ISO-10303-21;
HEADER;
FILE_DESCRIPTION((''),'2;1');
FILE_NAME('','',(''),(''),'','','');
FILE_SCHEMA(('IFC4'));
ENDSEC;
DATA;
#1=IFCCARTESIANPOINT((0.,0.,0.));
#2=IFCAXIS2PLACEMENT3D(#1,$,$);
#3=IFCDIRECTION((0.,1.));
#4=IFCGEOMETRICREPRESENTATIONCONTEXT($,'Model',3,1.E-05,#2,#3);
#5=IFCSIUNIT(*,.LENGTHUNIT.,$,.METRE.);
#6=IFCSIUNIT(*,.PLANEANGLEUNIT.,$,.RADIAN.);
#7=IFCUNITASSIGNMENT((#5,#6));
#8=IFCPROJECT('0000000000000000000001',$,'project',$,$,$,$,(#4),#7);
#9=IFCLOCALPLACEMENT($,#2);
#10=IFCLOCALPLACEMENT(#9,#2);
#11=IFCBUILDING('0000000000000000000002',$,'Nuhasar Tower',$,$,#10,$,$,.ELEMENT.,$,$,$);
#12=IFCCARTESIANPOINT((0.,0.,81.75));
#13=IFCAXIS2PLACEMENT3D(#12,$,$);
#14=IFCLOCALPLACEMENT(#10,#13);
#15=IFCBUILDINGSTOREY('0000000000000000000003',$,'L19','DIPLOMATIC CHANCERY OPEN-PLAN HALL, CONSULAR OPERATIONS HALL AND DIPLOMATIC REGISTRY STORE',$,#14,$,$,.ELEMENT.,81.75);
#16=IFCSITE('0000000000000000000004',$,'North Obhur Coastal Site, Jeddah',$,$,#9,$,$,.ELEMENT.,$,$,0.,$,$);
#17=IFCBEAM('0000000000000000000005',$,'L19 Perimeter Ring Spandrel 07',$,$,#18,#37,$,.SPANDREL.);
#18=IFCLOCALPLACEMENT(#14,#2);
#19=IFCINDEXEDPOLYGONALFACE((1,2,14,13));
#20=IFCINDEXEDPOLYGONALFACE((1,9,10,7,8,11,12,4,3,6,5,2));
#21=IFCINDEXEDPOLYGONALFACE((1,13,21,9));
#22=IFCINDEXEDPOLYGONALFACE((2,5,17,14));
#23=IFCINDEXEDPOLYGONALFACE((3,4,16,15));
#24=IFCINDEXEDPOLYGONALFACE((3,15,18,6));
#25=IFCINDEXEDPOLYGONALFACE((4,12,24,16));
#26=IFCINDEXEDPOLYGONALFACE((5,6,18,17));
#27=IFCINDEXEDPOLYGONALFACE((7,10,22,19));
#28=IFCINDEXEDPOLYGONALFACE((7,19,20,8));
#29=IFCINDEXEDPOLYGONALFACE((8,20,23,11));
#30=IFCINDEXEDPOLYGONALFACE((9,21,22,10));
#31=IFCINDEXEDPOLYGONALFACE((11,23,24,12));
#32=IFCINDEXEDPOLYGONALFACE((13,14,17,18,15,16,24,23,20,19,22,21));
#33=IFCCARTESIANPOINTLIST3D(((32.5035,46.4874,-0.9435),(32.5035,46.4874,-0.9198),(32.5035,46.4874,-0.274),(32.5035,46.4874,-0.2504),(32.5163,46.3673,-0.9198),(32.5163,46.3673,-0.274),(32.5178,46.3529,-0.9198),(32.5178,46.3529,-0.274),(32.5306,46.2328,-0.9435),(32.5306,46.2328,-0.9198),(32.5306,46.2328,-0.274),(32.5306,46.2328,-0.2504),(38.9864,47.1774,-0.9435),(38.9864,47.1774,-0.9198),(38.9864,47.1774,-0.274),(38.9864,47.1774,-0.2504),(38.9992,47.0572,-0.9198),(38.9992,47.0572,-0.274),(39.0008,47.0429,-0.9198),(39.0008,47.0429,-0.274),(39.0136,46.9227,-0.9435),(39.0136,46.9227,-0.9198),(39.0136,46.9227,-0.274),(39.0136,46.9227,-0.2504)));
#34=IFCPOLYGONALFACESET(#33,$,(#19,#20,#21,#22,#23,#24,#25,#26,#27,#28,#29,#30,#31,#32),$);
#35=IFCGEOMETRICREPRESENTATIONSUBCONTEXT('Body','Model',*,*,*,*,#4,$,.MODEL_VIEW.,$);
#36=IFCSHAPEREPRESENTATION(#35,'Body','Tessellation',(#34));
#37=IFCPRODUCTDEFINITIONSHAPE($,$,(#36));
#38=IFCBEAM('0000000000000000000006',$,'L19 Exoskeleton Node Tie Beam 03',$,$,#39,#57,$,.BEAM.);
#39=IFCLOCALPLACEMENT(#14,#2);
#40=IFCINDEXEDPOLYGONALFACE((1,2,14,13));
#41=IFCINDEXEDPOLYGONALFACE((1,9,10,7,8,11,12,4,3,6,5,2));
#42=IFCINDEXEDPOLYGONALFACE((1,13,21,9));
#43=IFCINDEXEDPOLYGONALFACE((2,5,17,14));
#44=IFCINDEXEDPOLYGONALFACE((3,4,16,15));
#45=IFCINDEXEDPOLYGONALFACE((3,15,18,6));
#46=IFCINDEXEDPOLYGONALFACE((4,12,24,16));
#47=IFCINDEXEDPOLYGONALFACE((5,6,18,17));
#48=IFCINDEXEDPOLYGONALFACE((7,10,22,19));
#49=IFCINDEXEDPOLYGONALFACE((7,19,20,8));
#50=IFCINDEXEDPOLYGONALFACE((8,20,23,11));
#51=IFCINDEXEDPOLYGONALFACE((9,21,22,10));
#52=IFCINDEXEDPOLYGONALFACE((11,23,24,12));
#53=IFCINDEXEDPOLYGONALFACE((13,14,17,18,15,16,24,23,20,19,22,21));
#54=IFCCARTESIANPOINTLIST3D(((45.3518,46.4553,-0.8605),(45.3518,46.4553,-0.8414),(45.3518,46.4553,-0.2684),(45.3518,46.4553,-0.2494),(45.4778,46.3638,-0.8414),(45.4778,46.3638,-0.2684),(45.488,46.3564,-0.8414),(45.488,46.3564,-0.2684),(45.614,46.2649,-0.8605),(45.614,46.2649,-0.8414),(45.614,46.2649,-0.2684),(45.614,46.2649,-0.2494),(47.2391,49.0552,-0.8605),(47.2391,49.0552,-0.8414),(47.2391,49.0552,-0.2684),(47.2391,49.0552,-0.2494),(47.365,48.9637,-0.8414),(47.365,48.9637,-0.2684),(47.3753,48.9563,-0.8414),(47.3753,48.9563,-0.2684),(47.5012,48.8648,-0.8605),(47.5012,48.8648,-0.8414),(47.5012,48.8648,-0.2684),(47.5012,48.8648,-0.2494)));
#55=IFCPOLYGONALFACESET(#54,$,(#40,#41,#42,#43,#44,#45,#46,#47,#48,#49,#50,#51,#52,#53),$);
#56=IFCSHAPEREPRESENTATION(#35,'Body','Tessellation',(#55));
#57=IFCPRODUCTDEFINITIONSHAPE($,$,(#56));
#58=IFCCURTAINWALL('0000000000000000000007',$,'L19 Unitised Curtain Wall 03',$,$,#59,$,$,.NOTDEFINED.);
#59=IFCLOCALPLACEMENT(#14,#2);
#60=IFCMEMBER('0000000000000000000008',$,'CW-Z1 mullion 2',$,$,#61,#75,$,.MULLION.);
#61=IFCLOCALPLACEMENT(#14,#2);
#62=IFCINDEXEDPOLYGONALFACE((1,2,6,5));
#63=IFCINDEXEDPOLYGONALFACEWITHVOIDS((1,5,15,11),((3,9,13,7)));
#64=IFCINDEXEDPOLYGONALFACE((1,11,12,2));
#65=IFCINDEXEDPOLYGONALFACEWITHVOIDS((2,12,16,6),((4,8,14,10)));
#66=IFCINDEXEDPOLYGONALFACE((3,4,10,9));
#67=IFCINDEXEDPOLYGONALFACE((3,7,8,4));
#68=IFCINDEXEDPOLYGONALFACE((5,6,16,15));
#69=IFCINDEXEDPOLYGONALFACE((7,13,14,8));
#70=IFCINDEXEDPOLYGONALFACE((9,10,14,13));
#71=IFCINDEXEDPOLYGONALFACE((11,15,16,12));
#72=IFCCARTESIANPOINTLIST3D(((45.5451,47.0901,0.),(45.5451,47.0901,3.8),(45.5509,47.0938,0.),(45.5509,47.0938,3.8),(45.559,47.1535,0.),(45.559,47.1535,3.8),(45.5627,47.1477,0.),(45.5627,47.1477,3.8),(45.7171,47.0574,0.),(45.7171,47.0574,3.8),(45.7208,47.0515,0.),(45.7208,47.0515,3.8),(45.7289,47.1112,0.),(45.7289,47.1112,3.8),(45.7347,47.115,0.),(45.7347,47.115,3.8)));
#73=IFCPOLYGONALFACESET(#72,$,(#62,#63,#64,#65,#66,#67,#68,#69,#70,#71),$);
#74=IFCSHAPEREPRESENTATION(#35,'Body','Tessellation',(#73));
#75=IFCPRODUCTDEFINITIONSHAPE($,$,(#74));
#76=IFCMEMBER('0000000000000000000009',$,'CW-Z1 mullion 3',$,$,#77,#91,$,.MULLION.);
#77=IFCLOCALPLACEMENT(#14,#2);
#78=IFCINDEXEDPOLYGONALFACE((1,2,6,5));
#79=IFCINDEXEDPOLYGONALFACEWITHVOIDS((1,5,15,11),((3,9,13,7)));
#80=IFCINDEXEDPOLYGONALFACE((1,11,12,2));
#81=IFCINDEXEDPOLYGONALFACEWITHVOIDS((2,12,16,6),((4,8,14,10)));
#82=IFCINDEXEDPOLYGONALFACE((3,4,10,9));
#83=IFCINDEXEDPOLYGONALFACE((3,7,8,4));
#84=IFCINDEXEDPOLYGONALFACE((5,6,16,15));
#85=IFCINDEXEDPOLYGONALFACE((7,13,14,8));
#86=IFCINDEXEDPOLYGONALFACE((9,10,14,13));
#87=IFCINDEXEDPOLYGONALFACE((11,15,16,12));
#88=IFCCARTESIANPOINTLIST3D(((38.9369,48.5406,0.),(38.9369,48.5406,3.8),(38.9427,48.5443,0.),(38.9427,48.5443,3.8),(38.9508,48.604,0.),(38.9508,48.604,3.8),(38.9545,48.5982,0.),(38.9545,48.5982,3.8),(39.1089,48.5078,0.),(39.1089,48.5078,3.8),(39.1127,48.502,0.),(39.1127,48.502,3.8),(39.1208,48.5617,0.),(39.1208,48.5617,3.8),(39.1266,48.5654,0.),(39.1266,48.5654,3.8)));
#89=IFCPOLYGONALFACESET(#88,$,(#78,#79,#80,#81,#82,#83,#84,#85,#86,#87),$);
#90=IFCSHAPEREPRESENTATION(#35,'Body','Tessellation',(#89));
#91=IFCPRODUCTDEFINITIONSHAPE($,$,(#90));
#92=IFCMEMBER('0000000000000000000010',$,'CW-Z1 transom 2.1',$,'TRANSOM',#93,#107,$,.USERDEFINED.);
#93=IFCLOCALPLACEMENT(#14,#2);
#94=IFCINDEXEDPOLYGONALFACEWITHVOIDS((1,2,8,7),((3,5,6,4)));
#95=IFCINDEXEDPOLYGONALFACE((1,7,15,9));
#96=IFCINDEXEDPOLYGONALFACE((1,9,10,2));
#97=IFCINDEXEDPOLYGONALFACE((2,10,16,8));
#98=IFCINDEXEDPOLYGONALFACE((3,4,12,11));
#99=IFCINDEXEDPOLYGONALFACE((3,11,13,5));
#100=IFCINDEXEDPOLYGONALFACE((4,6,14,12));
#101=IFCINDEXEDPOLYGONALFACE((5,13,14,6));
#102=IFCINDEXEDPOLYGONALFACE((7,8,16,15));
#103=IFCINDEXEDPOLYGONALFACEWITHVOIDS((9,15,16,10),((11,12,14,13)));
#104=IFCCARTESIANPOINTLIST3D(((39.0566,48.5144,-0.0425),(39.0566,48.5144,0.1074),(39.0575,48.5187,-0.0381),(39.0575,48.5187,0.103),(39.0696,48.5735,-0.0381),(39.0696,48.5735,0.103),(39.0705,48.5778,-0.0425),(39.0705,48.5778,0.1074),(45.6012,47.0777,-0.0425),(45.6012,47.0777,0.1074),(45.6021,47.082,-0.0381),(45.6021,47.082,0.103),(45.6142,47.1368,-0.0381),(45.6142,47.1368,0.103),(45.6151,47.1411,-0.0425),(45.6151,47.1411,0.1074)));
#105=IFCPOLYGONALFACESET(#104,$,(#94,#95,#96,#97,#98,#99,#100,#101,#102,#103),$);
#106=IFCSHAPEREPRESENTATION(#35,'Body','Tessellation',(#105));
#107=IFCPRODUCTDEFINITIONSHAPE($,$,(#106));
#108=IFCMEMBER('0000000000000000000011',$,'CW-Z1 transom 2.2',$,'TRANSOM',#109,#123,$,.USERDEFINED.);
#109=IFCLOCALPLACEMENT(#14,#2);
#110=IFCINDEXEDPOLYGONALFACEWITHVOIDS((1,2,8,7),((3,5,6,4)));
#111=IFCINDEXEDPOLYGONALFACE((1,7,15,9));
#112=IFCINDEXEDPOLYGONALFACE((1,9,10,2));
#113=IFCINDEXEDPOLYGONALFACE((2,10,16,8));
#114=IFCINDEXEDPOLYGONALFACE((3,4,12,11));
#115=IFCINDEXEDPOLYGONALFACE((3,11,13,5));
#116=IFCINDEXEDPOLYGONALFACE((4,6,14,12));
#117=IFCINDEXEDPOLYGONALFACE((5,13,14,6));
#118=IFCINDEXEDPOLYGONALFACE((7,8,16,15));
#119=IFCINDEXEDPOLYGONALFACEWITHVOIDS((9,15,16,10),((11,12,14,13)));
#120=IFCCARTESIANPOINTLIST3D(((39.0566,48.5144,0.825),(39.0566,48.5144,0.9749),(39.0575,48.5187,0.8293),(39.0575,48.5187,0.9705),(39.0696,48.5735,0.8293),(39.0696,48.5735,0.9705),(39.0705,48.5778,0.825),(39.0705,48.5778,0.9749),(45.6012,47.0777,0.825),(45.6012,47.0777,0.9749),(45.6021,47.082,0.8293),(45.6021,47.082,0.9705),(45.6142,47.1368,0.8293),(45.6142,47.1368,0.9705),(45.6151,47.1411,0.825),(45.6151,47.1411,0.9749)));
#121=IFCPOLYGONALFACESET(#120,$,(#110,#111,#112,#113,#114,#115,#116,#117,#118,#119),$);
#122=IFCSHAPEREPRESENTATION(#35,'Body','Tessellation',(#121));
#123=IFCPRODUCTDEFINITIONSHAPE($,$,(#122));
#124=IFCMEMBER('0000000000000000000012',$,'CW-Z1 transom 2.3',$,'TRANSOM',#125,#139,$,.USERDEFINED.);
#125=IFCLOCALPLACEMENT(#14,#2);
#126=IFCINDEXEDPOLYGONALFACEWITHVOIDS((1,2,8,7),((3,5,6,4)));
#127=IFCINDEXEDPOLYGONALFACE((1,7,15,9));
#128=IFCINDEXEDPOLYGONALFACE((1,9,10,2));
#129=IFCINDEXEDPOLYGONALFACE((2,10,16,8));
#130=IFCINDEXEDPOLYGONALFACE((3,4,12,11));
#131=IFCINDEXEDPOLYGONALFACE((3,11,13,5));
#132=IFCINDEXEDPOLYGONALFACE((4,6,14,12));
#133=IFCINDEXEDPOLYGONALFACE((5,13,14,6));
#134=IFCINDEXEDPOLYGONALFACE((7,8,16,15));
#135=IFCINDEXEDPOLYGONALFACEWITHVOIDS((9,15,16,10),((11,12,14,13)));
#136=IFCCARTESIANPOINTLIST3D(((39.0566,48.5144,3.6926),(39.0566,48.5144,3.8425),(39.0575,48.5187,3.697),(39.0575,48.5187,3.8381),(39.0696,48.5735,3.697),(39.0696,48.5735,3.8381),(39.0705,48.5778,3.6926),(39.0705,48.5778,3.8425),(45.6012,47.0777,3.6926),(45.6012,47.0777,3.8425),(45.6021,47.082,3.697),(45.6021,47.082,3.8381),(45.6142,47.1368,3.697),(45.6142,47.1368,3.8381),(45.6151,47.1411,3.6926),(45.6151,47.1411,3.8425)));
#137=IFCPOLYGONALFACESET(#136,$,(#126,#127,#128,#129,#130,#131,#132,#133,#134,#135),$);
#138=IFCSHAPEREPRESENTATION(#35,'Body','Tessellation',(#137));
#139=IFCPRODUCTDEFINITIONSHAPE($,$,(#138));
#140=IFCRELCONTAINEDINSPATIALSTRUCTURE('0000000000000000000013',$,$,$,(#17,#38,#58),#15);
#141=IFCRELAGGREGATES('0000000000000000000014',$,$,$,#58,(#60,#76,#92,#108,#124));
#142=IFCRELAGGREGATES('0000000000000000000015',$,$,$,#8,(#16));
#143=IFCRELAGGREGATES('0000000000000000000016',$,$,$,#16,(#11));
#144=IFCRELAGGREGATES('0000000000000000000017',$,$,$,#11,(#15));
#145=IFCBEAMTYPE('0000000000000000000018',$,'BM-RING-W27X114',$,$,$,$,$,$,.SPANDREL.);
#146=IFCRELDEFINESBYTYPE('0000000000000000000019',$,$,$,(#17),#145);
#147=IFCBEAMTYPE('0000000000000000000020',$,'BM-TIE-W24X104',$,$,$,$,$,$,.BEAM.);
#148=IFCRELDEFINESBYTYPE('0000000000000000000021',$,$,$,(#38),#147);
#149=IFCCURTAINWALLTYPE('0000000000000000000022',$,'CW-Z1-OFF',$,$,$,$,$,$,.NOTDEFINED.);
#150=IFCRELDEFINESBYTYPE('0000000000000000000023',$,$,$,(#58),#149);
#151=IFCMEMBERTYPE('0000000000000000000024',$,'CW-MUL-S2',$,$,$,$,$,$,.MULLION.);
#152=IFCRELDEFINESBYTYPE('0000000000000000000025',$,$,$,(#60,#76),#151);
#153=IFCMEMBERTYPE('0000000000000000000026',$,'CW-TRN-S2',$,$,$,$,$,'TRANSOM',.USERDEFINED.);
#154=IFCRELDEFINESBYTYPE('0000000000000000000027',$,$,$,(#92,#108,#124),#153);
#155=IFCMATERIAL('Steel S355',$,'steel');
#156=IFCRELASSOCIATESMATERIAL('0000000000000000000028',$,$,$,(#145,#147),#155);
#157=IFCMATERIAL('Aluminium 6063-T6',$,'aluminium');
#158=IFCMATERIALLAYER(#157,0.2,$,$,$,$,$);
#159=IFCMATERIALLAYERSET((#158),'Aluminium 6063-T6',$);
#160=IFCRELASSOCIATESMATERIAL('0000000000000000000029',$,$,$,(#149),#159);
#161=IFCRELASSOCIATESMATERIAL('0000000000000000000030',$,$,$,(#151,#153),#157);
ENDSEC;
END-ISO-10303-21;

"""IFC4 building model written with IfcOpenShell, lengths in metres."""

from ifc_helpers import new_model, si_unit, direction, frame, origin, origin_2d, place, context, subcontext, project, spatial, hollow_rectangle, i_section, extrude, material, layer, layer_set, material_profile, profile_set, type_object, element, aggregate, save


model = new_model("IFC4")

# Units and contexts
model_context = context("Model", 3, precision=1e-05, world=origin(), true_north=direction((0.0, 1.0)))
body_context = subcontext(model_context, "Body", "Model", "MODEL_VIEW")
ifc_project = project(units=[si_unit("LENGTHUNIT", "METRE"), si_unit("PLANEANGLEUNIT", "RADIAN")], contexts=[model_context])

# Site, building, storey
site_placement = place(None, origin())
site = spatial("IfcSite", under=ifc_project, at=site_placement, Name="North Obhur Coastal Site, Jeddah", CompositionType="ELEMENT", RefElevation=0.0)
building_placement = place(site_placement, origin())
building = spatial("IfcBuilding", under=site, at=building_placement, Name="Nuhasar Tower", CompositionType="ELEMENT")
storey_placement = place(building_placement, frame((0.0, 0.0, 81.75)))
storey = spatial("IfcBuildingStorey", under=building, at=storey_placement, Name="L19", Description="DIPLOMATIC CHANCERY OPEN-PLAN HALL, CONSULAR OPERATIONS HALL AND DIPLOMATIC REGISTRY STORE", CompositionType="ELEMENT", Elevation=81.75)

# Beams
ifc_material_1 = material(Name="Steel S355", Category="steel")
ifc_material_profile_1 = material_profile(ifc_material_1, i_section(OverallWidth=0.2561, OverallDepth=0.6931, WebThickness=0.0144, FlangeThickness=0.0237, at=origin_2d()), Name="W27X114")
ifc_profile_set_1 = profile_set([ifc_material_profile_1], Name="Steel S355")
beam_type_1 = type_object("IfcBeamType", Name="BM-RING-W27X114", PredefinedType="SPANDREL", material=ifc_profile_set_1)
for number, where, z_axis, x_axis, name in (
    (1, (39.0, 47.05, -0.5969), (-0.994385, -0.105827, 0.0), (0.105827, -0.994385, 0.0), "L19 Perimeter Ring Spandrel 07"),
):
    element("IfcBeam", number, at=place(storey_placement, frame(where, z_axis=z_axis, x_axis=x_axis)), inside=storey, type_object=beam_type_1, Name=name, PredefinedType="SPANDREL", context=body_context, shape_type="SweptSolid", body=[
        extrude(i_section(OverallWidth=0.2561, OverallDepth=0.6931, WebThickness=0.0144, FlangeThickness=0.0237, at=origin_2d()), origin(), (0.0, 0.0, 1.0), 6.5195),
    ])
ifc_material_profile_2 = material_profile(ifc_material_1, i_section(OverallWidth=0.324, OverallDepth=0.6111, WebThickness=0.0127, FlangeThickness=0.019, at=origin_2d()), Name="W24X104")
ifc_profile_set_2 = profile_set([ifc_material_profile_2], Name="Steel S355")
beam_type_2 = type_object("IfcBeamType", Name="BM-TIE-W24X104", PredefinedType="BEAM", material=ifc_profile_set_2)
beam_1_placement = place(storey_placement, frame((45.4829, 46.3601, -0.5549), z_axis=(0.587439, 0.809268, 0.0), x_axis=(-0.809268, 0.587439, 0.0)))
element("IfcBeam", 2, at=beam_1_placement, inside=storey, type_object=beam_type_2, Name="L19 Exoskeleton Node Tie Beam 03", PredefinedType="BEAM", context=body_context, shape_type="SweptSolid", body=[
    extrude(i_section(OverallWidth=0.324, OverallDepth=0.6111, WebThickness=0.0127, FlangeThickness=0.019, at=origin_2d()), origin(), (0.0, 0.0, 1.0), 3.2126),
])

# Curtain wall, members
ifc_material_2 = material(Name="Aluminium 6063-T6", Category="aluminium")
ifc_layer_1 = layer(ifc_material_2, 0.2)
ifc_layer_set_1 = layer_set([ifc_layer_1], Name="Aluminium 6063-T6")
curtain_wall_type = type_object("IfcCurtainWallType", Name="CW-Z1-OFF", PredefinedType="NOTDEFINED", material=ifc_layer_set_1)
curtain_wall_placement = place(storey_placement, origin())
curtain_wall = element("IfcCurtainWall", 3, at=curtain_wall_placement, inside=storey, type_object=curtain_wall_type, Name="L19 Unitised Curtain Wall 03", PredefinedType="NOTDEFINED")
ifc_material_profile_3 = material_profile(ifc_material_2, hollow_rectangle(XDim=0.0649, YDim=0.1799, WallThickness=0.0049, at=origin_2d()), Name="CWM-2")
ifc_profile_set_3 = profile_set([ifc_material_profile_3], Name="Aluminium 6063-T6")
member_type_1 = type_object("IfcMemberType", Name="CW-MUL-S2", PredefinedType="MULLION", material=ifc_profile_set_3)
member_1_placement = place(storey_placement, frame((45.6399, 47.1025, 0.0), z_axis=(0.0, 0.0, 1.0), x_axis=(-0.214399, -0.976746, 0.0)))
member_1 = element("IfcMember", 4, at=member_1_placement, type_object=member_type_1, Name="CW-Z1 mullion 2", PredefinedType="MULLION", context=body_context, shape_type="SweptSolid", body=[
    extrude(hollow_rectangle(XDim=0.0649, YDim=0.1799, WallThickness=0.0049, at=origin_2d()), origin(), (0.0, 0.0, 1.0), 3.8),
])
member_2_placement = place(storey_placement, frame((39.0317, 48.553, 0.0), z_axis=(0.0, 0.0, 1.0), x_axis=(-0.214399, -0.976746, 0.0)))
member_2 = element("IfcMember", 5, at=member_2_placement, type_object=member_type_1, Name="CW-Z1 mullion 3", PredefinedType="MULLION", context=body_context, shape_type="SweptSolid", body=[
    extrude(hollow_rectangle(XDim=0.0649, YDim=0.1799, WallThickness=0.0049, at=origin_2d()), origin(), (0.0, 0.0, 1.0), 3.8),
])
ifc_material_profile_4 = material_profile(ifc_material_2, hollow_rectangle(XDim=0.0649, YDim=0.1499, WallThickness=0.0044, at=origin_2d()), Name="CWT-2")
ifc_profile_set_4 = profile_set([ifc_material_profile_4], Name="Aluminium 6063-T6")
member_type_2 = type_object("IfcMemberType", Name="CW-TRN-S2", ElementType="TRANSOM", PredefinedType="USERDEFINED", material=ifc_profile_set_4)
member_3_placement = place(storey_placement, frame((45.6082, 47.1094, 0.0325), z_axis=(-0.97674, 0.214426, 0.0), x_axis=(-0.214426, -0.97674, 0.0)))
member_3 = element("IfcMember", 6, at=member_3_placement, type_object=member_type_2, Name="CW-Z1 transom 2.1", ObjectType="TRANSOM", PredefinedType="USERDEFINED", context=body_context, shape_type="SweptSolid", body=[
    extrude(hollow_rectangle(XDim=0.0649, YDim=0.1499, WallThickness=0.0044, at=origin_2d()), origin(), (0.0, 0.0, 1.0), 6.7004),
])
member_4_placement = place(storey_placement, frame((45.6082, 47.1094, 0.8999), z_axis=(-0.97674, 0.214426, 0.0), x_axis=(-0.214426, -0.97674, 0.0)))
member_4 = element("IfcMember", 7, at=member_4_placement, type_object=member_type_2, Name="CW-Z1 transom 2.2", ObjectType="TRANSOM", PredefinedType="USERDEFINED", context=body_context, shape_type="SweptSolid", body=[
    extrude(hollow_rectangle(XDim=0.0649, YDim=0.1499, WallThickness=0.0044, at=origin_2d()), origin(), (0.0, 0.0, 1.0), 6.7004),
])
member_5_placement = place(storey_placement, frame((45.6082, 47.1094, 3.7676), z_axis=(-0.97674, 0.214426, 0.0), x_axis=(-0.214426, -0.97674, 0.0)))
member_5 = element("IfcMember", 8, at=member_5_placement, type_object=member_type_2, Name="CW-Z1 transom 2.3", ObjectType="TRANSOM", PredefinedType="USERDEFINED", context=body_context, shape_type="SweptSolid", body=[
    extrude(hollow_rectangle(XDim=0.0649, YDim=0.1499, WallThickness=0.0044, at=origin_2d()), origin(), (0.0, 0.0, 1.0), 6.7004),
])

aggregate(curtain_wall, [member_1, member_2, member_3, member_4, member_5])

save(model, "model.ifc")
